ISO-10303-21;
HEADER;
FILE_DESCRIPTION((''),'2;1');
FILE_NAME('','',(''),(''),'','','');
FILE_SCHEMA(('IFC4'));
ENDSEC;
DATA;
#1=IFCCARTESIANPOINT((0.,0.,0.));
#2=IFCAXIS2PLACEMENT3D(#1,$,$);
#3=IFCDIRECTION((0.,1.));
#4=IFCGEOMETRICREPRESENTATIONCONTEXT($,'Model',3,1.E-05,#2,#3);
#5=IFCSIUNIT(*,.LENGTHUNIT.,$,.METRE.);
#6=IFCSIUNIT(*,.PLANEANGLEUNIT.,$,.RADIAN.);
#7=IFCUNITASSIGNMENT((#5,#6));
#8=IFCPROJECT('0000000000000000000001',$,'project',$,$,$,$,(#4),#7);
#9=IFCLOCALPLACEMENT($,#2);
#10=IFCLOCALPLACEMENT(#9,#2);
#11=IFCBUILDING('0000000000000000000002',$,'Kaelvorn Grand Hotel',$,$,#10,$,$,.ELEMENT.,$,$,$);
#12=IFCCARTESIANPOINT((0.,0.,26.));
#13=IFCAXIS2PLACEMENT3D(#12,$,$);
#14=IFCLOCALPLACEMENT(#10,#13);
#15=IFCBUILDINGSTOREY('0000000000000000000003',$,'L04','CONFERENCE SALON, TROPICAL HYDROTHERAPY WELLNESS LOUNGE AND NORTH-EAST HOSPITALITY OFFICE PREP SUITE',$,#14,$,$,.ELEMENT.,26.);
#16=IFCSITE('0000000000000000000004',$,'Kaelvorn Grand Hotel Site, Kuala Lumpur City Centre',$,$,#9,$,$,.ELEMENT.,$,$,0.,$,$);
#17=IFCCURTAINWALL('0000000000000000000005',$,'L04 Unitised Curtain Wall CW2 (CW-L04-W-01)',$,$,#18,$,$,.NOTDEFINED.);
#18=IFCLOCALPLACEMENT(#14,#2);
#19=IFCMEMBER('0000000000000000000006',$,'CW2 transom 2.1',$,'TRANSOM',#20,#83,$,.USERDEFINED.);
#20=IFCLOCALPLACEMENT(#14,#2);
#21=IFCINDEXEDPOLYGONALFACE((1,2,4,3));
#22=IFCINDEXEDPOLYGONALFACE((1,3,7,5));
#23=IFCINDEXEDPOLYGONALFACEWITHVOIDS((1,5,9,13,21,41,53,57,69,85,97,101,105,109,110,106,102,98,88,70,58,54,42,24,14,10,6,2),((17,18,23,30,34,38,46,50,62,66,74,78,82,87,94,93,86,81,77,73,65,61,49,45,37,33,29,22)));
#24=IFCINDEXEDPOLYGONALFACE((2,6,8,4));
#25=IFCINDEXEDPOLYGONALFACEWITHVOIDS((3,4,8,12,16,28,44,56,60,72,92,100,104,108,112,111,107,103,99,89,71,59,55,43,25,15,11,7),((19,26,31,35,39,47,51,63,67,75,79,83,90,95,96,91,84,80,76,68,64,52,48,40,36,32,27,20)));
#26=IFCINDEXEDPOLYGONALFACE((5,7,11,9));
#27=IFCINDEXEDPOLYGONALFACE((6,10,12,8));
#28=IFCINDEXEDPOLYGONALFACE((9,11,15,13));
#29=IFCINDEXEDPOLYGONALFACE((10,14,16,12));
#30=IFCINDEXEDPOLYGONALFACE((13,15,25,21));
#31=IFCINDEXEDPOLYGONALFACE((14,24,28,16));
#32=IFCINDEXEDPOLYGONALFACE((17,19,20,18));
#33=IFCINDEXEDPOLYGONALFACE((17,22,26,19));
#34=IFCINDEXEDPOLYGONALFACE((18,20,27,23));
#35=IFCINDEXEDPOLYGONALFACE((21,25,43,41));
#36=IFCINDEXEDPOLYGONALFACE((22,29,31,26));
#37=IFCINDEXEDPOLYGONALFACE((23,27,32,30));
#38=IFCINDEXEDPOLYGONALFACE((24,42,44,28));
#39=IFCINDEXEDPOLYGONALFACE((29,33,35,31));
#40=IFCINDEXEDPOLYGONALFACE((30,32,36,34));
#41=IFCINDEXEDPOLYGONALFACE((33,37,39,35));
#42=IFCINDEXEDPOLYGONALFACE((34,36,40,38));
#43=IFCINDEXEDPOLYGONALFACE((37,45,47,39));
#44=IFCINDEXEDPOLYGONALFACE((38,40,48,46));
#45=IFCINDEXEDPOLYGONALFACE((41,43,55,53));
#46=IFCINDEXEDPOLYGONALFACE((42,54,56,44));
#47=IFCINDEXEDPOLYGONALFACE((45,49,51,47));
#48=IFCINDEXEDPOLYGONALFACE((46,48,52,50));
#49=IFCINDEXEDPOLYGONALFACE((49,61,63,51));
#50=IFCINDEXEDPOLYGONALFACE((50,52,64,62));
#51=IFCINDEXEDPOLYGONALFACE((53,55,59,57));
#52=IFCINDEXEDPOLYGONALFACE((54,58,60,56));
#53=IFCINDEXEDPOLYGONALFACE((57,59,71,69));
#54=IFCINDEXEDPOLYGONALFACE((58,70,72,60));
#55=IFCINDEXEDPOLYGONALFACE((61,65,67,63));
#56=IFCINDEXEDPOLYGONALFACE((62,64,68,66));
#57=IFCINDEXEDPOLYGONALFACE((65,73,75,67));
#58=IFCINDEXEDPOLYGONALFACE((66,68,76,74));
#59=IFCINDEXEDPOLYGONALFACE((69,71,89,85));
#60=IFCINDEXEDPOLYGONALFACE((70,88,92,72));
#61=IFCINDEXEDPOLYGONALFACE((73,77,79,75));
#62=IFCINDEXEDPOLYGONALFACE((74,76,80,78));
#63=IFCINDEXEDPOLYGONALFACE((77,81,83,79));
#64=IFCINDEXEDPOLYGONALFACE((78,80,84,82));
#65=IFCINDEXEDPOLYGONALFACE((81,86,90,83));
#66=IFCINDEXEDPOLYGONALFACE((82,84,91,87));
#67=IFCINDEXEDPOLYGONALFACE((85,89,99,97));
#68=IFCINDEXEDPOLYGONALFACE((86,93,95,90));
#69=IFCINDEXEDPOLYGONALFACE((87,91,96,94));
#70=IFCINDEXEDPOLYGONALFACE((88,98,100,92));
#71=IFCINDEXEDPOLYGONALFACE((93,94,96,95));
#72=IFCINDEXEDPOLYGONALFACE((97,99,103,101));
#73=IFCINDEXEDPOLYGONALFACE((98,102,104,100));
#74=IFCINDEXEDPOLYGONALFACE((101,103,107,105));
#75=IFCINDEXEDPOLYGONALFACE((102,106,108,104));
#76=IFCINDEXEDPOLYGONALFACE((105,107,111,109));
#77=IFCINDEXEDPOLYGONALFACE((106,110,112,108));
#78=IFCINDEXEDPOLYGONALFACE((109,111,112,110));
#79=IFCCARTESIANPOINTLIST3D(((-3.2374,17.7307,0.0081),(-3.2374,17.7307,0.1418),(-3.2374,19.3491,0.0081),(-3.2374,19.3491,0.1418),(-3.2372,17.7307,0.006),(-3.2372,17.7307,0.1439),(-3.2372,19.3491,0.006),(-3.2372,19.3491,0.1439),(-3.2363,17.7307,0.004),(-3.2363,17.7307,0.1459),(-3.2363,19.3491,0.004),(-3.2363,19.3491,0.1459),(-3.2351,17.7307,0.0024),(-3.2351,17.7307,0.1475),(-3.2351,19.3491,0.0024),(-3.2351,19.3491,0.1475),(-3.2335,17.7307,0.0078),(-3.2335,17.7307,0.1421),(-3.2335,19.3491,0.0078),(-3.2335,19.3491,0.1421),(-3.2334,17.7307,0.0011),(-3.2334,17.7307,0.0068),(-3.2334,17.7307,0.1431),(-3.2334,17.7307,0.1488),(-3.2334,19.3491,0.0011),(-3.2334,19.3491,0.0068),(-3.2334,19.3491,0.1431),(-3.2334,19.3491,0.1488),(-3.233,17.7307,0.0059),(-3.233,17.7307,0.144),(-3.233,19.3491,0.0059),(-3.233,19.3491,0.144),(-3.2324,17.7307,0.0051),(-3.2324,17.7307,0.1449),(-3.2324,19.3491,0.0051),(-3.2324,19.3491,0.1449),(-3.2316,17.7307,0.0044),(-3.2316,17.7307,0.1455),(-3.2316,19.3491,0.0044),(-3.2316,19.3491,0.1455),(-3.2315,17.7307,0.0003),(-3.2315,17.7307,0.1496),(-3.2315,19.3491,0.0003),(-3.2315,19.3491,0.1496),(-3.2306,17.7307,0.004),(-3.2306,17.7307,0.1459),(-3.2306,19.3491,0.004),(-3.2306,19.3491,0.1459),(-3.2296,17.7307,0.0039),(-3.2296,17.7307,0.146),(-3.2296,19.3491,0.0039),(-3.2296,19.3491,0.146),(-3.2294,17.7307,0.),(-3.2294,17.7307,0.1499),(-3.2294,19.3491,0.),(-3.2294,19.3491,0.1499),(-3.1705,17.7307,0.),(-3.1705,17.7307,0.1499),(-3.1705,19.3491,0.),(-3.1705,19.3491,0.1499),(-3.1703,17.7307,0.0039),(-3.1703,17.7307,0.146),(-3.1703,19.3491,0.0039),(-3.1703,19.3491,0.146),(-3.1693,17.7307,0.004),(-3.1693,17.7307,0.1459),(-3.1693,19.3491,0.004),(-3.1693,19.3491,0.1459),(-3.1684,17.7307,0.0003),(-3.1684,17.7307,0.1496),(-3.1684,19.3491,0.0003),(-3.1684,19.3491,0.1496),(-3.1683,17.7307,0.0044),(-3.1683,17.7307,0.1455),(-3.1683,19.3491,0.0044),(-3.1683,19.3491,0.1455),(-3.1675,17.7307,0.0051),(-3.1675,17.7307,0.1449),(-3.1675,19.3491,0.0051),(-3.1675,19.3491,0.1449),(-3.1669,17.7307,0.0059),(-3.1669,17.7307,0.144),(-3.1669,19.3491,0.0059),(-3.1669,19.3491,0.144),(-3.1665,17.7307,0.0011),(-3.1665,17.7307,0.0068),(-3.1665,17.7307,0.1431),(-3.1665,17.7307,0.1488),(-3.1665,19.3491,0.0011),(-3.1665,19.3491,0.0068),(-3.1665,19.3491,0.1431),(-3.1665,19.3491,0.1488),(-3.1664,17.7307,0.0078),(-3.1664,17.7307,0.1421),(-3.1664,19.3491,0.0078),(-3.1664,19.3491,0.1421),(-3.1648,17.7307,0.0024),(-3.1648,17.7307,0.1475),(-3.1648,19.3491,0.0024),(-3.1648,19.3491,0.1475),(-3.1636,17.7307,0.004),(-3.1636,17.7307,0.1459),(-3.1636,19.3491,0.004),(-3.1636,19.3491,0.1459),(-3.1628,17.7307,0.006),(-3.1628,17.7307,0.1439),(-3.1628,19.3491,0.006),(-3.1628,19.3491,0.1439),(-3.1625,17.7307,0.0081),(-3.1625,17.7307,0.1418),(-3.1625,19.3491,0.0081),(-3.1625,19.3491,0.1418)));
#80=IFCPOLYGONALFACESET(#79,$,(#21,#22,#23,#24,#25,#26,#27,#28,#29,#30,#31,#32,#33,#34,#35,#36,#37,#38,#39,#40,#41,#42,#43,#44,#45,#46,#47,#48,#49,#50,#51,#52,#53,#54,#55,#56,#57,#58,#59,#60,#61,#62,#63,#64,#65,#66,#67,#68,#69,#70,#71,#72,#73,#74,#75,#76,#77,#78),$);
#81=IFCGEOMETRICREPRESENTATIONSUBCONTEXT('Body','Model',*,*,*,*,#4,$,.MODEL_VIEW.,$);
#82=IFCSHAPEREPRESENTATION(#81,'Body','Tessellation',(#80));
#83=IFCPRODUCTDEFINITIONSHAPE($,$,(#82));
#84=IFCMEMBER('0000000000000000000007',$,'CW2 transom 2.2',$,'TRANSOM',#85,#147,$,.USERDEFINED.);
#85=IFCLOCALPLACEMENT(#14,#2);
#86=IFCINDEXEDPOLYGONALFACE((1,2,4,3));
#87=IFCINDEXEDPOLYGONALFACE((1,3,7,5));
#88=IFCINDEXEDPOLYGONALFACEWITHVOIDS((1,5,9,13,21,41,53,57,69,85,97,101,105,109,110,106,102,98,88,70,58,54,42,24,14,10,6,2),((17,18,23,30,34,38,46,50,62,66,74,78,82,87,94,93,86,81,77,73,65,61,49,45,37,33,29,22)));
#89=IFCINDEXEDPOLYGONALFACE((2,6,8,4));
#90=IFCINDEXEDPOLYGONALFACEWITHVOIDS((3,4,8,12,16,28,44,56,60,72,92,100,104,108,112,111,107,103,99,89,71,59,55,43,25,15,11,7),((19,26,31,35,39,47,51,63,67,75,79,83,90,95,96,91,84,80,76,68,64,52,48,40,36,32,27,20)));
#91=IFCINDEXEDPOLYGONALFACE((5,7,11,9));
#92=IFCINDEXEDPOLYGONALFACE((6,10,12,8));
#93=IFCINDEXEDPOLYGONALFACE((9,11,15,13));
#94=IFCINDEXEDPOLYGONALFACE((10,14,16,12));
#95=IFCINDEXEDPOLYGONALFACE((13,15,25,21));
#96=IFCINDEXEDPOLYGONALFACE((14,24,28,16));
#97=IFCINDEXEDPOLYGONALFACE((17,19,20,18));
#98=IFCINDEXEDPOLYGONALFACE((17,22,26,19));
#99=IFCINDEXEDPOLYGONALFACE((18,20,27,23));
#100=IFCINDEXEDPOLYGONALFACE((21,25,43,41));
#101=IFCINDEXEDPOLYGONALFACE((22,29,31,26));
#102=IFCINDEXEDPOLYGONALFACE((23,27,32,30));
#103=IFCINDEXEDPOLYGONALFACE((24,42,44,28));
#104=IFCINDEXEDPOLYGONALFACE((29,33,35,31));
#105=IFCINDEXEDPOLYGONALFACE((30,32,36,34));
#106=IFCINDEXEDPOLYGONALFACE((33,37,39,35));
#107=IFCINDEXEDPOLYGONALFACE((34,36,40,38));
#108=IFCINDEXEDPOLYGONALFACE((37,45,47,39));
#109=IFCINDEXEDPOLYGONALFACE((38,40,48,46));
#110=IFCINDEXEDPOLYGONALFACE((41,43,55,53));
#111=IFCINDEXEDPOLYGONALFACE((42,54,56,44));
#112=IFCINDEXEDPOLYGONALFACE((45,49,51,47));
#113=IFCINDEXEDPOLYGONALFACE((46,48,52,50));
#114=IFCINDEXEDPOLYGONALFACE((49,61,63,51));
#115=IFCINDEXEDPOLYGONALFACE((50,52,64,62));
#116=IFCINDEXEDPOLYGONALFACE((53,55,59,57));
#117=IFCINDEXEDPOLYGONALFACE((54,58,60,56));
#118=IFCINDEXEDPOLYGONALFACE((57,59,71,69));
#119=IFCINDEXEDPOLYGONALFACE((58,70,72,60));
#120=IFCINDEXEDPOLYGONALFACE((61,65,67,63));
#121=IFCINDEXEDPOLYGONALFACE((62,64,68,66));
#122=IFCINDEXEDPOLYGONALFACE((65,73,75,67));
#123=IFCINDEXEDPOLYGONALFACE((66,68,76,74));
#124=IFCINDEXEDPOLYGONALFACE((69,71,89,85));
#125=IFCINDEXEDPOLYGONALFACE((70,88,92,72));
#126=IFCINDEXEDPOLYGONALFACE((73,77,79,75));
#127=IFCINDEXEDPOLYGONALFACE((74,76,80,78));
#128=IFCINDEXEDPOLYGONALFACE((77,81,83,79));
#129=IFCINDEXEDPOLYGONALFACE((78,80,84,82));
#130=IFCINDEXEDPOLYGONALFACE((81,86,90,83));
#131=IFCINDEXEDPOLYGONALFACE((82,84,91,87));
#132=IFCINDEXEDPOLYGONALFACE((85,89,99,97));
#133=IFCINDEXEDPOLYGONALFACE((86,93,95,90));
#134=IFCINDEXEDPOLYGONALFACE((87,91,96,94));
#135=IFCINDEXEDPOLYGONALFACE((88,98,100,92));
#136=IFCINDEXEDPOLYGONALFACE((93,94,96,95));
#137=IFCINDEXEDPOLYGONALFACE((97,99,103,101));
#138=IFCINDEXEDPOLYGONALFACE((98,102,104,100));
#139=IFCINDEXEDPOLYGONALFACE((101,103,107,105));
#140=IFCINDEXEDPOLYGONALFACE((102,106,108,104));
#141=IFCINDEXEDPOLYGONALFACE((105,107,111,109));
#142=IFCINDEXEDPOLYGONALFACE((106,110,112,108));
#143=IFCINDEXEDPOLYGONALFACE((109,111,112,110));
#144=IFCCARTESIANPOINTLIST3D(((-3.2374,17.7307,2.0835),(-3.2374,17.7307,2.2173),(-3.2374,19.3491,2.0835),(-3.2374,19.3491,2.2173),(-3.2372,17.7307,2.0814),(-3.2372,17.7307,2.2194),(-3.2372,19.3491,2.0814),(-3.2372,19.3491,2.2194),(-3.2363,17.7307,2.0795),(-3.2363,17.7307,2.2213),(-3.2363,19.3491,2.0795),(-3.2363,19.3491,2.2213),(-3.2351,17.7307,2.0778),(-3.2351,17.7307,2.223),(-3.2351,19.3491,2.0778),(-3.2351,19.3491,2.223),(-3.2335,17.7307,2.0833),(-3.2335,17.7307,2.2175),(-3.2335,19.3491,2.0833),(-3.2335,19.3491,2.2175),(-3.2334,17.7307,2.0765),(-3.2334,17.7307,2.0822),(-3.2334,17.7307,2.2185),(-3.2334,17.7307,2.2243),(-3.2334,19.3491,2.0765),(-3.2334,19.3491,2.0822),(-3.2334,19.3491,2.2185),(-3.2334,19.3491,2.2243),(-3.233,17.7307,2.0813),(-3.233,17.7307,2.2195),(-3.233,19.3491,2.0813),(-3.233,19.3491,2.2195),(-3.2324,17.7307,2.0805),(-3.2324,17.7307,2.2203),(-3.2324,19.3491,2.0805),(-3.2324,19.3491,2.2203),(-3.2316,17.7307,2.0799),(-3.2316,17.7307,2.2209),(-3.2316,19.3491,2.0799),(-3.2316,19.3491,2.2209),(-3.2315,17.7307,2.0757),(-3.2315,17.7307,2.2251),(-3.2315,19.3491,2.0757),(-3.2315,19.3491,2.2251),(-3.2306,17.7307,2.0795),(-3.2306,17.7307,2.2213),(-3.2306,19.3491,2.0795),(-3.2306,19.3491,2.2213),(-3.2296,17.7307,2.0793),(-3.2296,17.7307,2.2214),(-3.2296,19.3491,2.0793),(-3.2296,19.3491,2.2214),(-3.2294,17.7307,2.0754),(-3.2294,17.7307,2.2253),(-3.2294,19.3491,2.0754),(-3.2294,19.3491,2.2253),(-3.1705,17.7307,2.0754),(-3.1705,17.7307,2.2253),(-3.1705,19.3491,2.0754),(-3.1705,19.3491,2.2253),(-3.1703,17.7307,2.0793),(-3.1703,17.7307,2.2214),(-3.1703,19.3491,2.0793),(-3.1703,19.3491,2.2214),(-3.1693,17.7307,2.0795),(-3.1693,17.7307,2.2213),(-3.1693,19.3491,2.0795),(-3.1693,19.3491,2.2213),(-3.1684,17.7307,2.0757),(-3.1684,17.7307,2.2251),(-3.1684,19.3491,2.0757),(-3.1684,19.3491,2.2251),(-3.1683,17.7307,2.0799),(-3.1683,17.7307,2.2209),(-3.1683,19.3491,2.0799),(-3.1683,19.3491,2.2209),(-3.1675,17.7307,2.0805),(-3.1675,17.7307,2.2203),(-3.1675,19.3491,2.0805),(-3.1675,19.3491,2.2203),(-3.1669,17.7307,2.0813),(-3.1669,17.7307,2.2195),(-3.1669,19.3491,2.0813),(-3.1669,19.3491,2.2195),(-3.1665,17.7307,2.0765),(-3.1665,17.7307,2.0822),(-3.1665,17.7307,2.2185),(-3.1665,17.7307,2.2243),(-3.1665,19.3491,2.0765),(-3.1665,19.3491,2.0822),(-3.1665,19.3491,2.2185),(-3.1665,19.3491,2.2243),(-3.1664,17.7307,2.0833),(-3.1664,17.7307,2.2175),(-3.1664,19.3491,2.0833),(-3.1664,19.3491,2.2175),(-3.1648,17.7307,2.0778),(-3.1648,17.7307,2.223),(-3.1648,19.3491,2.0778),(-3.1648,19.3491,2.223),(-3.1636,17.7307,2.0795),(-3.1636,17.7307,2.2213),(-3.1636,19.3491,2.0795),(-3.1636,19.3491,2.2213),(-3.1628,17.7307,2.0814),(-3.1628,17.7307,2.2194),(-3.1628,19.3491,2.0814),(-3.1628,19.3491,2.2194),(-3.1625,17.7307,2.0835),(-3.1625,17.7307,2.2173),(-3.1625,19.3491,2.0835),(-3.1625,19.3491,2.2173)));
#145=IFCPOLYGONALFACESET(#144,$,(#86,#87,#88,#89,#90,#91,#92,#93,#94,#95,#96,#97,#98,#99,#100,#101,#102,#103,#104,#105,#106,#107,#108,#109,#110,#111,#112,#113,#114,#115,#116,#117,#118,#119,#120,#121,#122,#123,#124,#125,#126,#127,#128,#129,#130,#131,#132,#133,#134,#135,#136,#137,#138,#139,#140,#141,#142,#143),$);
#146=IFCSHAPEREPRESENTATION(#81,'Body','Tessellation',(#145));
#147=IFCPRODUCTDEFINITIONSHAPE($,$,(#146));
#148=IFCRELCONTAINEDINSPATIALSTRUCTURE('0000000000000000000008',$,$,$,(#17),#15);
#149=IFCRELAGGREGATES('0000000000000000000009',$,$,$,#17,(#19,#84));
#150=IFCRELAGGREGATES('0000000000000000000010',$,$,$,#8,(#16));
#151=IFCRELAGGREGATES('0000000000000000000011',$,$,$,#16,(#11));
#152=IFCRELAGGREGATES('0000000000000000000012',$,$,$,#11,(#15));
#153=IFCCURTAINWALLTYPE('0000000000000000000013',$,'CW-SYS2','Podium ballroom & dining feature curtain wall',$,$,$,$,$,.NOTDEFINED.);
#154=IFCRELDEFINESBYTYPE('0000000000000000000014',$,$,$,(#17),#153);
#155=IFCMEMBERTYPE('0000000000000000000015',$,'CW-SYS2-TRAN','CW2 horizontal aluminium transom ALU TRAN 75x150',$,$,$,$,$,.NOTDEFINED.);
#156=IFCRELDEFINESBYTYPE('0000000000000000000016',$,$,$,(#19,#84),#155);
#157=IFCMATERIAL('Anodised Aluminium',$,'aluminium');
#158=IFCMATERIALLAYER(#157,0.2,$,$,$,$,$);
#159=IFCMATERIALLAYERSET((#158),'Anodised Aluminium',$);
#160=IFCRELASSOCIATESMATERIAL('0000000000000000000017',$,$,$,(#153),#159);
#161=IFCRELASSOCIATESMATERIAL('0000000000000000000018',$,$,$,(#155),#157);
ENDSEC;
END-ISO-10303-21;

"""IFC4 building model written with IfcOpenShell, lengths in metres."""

from ifc_helpers import new_model, si_unit, direction, frame, origin, origin_2d, place, context, subcontext, project, spatial, hollow_rectangle, extrude, material, layer, layer_set, material_profile, profile_set, type_object, element, aggregate, save


model = new_model("IFC4")

# Units and contexts
model_context = context("Model", 3, precision=1e-05, world=origin(), true_north=direction((0.0, 1.0)))
body_context = subcontext(model_context, "Body", "Model", "MODEL_VIEW")
ifc_project = project(units=[si_unit("LENGTHUNIT", "METRE"), si_unit("PLANEANGLEUNIT", "RADIAN")], contexts=[model_context])

# Site, building, storey
site_placement = place(None, origin())
site = spatial("IfcSite", under=ifc_project, at=site_placement, Name="Kaelvorn Grand Hotel Site, Kuala Lumpur City Centre", CompositionType="ELEMENT", RefElevation=0.0)
building_placement = place(site_placement, origin())
building = spatial("IfcBuilding", under=site, at=building_placement, Name="Kaelvorn Grand Hotel", CompositionType="ELEMENT")
storey_placement = place(building_placement, frame((0.0, 0.0, 26.0)))
storey = spatial("IfcBuildingStorey", under=building, at=storey_placement, Name="L04", Description="CONFERENCE SALON, TROPICAL HYDROTHERAPY WELLNESS LOUNGE AND NORTH-EAST HOSPITALITY OFFICE PREP SUITE", CompositionType="ELEMENT", Elevation=26.0)

# Curtain wall
ifc_material_1 = material(Name="Anodised Aluminium", Category="aluminium")
ifc_layer_1 = layer(ifc_material_1, 0.2)
ifc_layer_set_1 = layer_set([ifc_layer_1], Name="Anodised Aluminium")
curtain_wall_type = type_object("IfcCurtainWallType", Name="CW-SYS2", Description="Podium ballroom & dining feature curtain wall", PredefinedType="NOTDEFINED", material=ifc_layer_set_1)
curtain_wall_1_placement = place(storey_placement, origin())
curtain_wall_1 = element("IfcCurtainWall", 1, at=curtain_wall_1_placement, inside=storey, type_object=curtain_wall_type, Name="L04 Unitised Curtain Wall CW2 (CW-L04-W-01)", PredefinedType="NOTDEFINED")

# Members
ifc_material_profile_1 = material_profile(ifc_material_1, hollow_rectangle(XDim=0.075, YDim=0.1499, WallThickness=0.0039, InnerFilletRadius=0.0039, OuterFilletRadius=0.0081, at=origin_2d()), Name="ALU TRAN 75x150")
ifc_profile_set_1 = profile_set([ifc_material_profile_1], Name="Anodised Aluminium")
member_type_1 = type_object("IfcMemberType", Name="CW-SYS2-TRAN", Description="CW2 horizontal aluminium transom ALU TRAN 75x150", PredefinedType="NOTDEFINED", material=ifc_profile_set_1)
member_1_placement = place(storey_placement, frame((-3.2, 19.3491, 0.075), z_axis=(0.0, -1.0, 0.0), x_axis=(1.0, 0.0, 0.0)))
member_1 = element("IfcMember", 2, at=member_1_placement, type_object=member_type_1, Name="CW2 transom 2.1", ObjectType="TRANSOM", PredefinedType="USERDEFINED", context=body_context, shape_type="SweptSolid", body=[
    extrude(hollow_rectangle(XDim=0.075, YDim=0.1499, WallThickness=0.0039, InnerFilletRadius=0.0039, OuterFilletRadius=0.0081, at=origin_2d()), origin(), (0.0, 0.0, 1.0), 1.6184),
])
member_2_placement = place(storey_placement, frame((-3.2, 19.3491, 2.1504), z_axis=(0.0, -1.0, 0.0), x_axis=(1.0, 0.0, 0.0)))
member_2 = element("IfcMember", 3, at=member_2_placement, type_object=member_type_1, Name="CW2 transom 2.2", ObjectType="TRANSOM", PredefinedType="USERDEFINED", context=body_context, shape_type="SweptSolid", body=[
    extrude(hollow_rectangle(XDim=0.075, YDim=0.1499, WallThickness=0.0039, InnerFilletRadius=0.0039, OuterFilletRadius=0.0081, at=origin_2d()), origin(), (0.0, 0.0, 1.0), 1.6184),
])

aggregate(curtain_wall_1, [member_1, member_2])

save(model, "model.ifc")
